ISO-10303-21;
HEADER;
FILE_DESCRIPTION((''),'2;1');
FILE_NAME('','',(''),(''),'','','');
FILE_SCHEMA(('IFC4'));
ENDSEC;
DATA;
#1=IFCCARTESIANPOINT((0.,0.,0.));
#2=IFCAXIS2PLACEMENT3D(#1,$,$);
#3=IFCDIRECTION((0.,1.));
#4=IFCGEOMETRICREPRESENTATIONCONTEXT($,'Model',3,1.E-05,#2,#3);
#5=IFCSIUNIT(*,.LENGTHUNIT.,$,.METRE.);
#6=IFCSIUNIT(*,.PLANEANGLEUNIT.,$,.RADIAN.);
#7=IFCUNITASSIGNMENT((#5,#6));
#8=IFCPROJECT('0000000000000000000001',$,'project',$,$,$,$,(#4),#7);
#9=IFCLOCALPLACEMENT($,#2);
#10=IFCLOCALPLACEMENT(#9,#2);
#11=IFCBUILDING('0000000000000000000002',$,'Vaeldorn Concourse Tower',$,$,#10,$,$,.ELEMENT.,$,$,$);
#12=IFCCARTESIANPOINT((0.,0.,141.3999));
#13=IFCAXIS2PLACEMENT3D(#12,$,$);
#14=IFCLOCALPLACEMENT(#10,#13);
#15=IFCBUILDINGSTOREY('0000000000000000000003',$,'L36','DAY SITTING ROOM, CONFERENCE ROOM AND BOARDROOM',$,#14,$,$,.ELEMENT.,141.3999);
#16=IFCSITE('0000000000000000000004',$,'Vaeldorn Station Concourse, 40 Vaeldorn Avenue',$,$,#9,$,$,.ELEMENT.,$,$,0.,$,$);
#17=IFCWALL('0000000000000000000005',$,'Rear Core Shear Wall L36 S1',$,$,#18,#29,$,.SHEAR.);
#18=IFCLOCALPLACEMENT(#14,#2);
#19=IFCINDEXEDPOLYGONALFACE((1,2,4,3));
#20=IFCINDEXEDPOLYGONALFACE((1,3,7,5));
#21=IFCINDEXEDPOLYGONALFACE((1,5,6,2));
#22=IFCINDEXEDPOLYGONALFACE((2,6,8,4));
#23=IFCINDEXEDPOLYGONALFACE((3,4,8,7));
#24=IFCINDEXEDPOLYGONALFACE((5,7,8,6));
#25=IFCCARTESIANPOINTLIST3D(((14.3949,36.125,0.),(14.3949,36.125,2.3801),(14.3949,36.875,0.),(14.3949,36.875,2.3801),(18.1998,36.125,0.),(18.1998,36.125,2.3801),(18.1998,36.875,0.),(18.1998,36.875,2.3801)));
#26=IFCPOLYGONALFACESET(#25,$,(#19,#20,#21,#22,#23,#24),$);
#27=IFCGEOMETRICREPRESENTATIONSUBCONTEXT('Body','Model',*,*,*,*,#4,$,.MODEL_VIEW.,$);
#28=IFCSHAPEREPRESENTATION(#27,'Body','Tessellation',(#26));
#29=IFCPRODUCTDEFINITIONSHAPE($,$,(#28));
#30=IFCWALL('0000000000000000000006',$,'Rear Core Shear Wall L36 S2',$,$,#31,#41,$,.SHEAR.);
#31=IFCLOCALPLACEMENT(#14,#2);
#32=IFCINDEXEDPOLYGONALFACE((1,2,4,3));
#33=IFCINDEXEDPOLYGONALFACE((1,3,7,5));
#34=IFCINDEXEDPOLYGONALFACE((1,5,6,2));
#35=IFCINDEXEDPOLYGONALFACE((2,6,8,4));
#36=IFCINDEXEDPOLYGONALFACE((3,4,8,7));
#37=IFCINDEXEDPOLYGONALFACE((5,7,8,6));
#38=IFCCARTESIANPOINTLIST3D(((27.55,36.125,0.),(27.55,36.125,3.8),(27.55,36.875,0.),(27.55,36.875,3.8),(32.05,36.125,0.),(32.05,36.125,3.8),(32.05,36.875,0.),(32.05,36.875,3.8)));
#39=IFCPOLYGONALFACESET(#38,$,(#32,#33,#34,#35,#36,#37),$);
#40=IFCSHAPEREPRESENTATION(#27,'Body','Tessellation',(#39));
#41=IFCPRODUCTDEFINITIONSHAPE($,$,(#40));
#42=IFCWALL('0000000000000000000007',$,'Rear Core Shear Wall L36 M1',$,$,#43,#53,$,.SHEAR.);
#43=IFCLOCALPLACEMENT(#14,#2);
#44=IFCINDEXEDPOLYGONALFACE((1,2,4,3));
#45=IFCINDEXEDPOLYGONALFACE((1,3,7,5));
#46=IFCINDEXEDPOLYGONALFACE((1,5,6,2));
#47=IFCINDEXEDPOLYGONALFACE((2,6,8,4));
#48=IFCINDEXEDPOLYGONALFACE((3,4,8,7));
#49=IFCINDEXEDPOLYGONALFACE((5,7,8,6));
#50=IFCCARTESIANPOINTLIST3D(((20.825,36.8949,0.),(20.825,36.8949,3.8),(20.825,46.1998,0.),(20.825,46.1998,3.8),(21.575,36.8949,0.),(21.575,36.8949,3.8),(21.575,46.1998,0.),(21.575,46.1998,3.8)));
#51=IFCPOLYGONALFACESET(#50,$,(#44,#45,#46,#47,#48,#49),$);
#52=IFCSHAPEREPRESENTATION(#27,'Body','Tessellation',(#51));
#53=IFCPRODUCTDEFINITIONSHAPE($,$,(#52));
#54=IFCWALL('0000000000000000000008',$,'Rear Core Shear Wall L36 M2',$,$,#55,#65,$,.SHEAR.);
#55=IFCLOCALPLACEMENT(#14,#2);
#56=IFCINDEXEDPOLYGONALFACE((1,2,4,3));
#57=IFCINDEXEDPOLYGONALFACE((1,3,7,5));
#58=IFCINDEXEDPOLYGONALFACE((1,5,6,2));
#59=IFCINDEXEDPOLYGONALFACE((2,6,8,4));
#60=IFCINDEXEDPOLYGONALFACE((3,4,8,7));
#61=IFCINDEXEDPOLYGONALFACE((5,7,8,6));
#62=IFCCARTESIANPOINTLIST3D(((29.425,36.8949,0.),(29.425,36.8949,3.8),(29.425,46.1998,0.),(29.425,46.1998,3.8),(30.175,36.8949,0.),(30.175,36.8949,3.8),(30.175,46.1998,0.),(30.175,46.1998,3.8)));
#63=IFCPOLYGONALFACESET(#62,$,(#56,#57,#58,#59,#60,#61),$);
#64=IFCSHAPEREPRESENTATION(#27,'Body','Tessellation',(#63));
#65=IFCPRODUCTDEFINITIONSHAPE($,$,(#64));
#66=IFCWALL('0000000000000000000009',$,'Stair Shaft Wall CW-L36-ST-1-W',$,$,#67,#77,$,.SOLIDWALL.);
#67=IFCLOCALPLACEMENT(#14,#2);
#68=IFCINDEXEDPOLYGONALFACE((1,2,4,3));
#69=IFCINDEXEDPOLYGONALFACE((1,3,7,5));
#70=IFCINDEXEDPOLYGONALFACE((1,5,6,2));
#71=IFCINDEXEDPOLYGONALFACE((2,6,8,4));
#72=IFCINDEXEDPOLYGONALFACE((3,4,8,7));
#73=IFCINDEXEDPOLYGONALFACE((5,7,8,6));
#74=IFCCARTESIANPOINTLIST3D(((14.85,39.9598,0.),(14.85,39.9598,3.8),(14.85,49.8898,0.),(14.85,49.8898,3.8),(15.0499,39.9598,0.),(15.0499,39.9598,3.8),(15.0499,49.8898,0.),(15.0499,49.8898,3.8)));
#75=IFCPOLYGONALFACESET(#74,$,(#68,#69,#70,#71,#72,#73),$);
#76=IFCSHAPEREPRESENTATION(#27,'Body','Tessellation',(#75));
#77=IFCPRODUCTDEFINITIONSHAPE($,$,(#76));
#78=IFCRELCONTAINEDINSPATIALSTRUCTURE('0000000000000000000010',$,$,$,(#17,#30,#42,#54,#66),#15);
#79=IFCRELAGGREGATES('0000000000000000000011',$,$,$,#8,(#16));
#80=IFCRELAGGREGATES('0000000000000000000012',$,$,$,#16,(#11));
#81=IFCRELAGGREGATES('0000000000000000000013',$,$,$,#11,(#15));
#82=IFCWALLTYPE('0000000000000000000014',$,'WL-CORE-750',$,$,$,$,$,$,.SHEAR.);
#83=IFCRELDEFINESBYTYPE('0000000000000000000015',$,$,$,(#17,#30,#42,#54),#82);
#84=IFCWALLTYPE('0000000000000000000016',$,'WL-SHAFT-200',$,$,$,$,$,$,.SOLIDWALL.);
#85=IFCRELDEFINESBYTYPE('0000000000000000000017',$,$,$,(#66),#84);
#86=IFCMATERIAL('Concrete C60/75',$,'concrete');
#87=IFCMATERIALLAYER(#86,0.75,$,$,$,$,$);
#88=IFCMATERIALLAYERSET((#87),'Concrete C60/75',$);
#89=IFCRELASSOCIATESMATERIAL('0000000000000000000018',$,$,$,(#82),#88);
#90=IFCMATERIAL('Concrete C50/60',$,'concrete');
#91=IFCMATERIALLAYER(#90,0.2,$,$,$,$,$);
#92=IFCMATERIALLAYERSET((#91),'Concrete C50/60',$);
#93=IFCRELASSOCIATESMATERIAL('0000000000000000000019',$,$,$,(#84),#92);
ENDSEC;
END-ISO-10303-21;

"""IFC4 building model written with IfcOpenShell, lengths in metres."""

from ifc_helpers import new_model, si_unit, direction, frame, frame_2d, origin, place, context, subcontext, project, spatial, rectangle, extrude, material, layer, layer_set, type_object, element, save


model = new_model("IFC4")

# Units and contexts
model_context = context("Model", 3, precision=1e-05, world=origin(), true_north=direction((0.0, 1.0)))
body_context = subcontext(model_context, "Body", "Model", "MODEL_VIEW")
ifc_project = project(units=[si_unit("LENGTHUNIT", "METRE"), si_unit("PLANEANGLEUNIT", "RADIAN")], contexts=[model_context])

# Site, building, storey
site_placement = place(None, origin())
site = spatial("IfcSite", under=ifc_project, at=site_placement, Name="Vaeldorn Station Concourse, 40 Vaeldorn Avenue", CompositionType="ELEMENT", RefElevation=0.0)
building_placement = place(site_placement, origin())
building = spatial("IfcBuilding", under=site, at=building_placement, Name="Vaeldorn Concourse Tower", CompositionType="ELEMENT")
storey_placement = place(building_placement, frame((0.0, 0.0, 141.3999)))
storey = spatial("IfcBuildingStorey", under=building, at=storey_placement, Name="L36", Description="DAY SITTING ROOM, CONFERENCE ROOM AND BOARDROOM", CompositionType="ELEMENT", Elevation=141.3999)

# Walls
ifc_material_1 = material(Name="Concrete C60/75", Category="concrete")
ifc_layer_1 = layer(ifc_material_1, 0.75)
ifc_layer_set_1 = layer_set([ifc_layer_1], Name="Concrete C60/75")
wall_type_1 = type_object("IfcWallType", Name="WL-CORE-750", PredefinedType="SHEAR", material=ifc_layer_set_1)
wall_1_placement = place(storey_placement, frame((14.395, 36.5, 0.0), z_axis=(0.0, 0.0, 1.0), x_axis=(1.0, 0.0, 0.0)))
element("IfcWall", 1, at=wall_1_placement, inside=storey, type_object=wall_type_1, Name="Rear Core Shear Wall L36 S1", PredefinedType="SHEAR", context=body_context, shape_type="SweptSolid", body=[
    extrude(rectangle(XDim=3.8049, YDim=0.75, at=frame_2d((1.9023, 0.0))), origin(), (0.0, 0.0, 1.0), 2.3801),
])
wall_2_placement = place(storey_placement, frame((27.55, 36.5, 0.0), z_axis=(0.0, 0.0, 1.0), x_axis=(1.0, 0.0, 0.0)))
element("IfcWall", 2, at=wall_2_placement, inside=storey, type_object=wall_type_1, Name="Rear Core Shear Wall L36 S2", PredefinedType="SHEAR", context=body_context, shape_type="SweptSolid", body=[
    extrude(rectangle(XDim=4.5, YDim=0.75, at=frame_2d((2.25, 0.0))), origin(), (0.0, 0.0, 1.0), 3.8),
])
for number, where, z_axis, x_axis, name in (
    (3, (21.2, 36.895, 0.0), (0.0, 0.0, 1.0), (0.0, 1.0, 0.0), "Rear Core Shear Wall L36 M1"),
    (4, (29.8, 36.895, 0.0), (0.0, 0.0, 1.0), (0.0, 1.0, 0.0), "Rear Core Shear Wall L36 M2"),
):
    element("IfcWall", number, at=place(storey_placement, frame(where, z_axis=z_axis, x_axis=x_axis)), inside=storey, type_object=wall_type_1, Name=name, PredefinedType="SHEAR", context=body_context, shape_type="SweptSolid", body=[
        extrude(rectangle(XDim=9.3049, YDim=0.75, at=frame_2d((4.6523, 0.0))), origin(), (0.0, 0.0, 1.0), 3.8),
    ])

# Shared definitions
ifc_material_2 = material(Name="Concrete C50/60", Category="concrete")
ifc_layer_2 = layer(ifc_material_2, 0.2)
ifc_layer_set_2 = layer_set([ifc_layer_2], Name="Concrete C50/60")
wall_type_2 = type_object("IfcWallType", Name="WL-SHAFT-200", PredefinedType="SOLIDWALL", material=ifc_layer_set_2)

# Wall
wall_3_placement = place(storey_placement, frame((14.95, 39.96, 0.0), z_axis=(0.0, 0.0, 1.0), x_axis=(0.0, 1.0, 0.0)))
element("IfcWall", 5, at=wall_3_placement, inside=storey, type_object=wall_type_2, Name="Stair Shaft Wall CW-L36-ST-1-W", PredefinedType="SOLIDWALL", context=body_context, shape_type="SweptSolid", body=[
    extrude(rectangle(XDim=9.9299, YDim=0.2, at=frame_2d((4.9648, 0.0))), origin(), (0.0, 0.0, 1.0), 3.8),
])

save(model, "model.ifc")
